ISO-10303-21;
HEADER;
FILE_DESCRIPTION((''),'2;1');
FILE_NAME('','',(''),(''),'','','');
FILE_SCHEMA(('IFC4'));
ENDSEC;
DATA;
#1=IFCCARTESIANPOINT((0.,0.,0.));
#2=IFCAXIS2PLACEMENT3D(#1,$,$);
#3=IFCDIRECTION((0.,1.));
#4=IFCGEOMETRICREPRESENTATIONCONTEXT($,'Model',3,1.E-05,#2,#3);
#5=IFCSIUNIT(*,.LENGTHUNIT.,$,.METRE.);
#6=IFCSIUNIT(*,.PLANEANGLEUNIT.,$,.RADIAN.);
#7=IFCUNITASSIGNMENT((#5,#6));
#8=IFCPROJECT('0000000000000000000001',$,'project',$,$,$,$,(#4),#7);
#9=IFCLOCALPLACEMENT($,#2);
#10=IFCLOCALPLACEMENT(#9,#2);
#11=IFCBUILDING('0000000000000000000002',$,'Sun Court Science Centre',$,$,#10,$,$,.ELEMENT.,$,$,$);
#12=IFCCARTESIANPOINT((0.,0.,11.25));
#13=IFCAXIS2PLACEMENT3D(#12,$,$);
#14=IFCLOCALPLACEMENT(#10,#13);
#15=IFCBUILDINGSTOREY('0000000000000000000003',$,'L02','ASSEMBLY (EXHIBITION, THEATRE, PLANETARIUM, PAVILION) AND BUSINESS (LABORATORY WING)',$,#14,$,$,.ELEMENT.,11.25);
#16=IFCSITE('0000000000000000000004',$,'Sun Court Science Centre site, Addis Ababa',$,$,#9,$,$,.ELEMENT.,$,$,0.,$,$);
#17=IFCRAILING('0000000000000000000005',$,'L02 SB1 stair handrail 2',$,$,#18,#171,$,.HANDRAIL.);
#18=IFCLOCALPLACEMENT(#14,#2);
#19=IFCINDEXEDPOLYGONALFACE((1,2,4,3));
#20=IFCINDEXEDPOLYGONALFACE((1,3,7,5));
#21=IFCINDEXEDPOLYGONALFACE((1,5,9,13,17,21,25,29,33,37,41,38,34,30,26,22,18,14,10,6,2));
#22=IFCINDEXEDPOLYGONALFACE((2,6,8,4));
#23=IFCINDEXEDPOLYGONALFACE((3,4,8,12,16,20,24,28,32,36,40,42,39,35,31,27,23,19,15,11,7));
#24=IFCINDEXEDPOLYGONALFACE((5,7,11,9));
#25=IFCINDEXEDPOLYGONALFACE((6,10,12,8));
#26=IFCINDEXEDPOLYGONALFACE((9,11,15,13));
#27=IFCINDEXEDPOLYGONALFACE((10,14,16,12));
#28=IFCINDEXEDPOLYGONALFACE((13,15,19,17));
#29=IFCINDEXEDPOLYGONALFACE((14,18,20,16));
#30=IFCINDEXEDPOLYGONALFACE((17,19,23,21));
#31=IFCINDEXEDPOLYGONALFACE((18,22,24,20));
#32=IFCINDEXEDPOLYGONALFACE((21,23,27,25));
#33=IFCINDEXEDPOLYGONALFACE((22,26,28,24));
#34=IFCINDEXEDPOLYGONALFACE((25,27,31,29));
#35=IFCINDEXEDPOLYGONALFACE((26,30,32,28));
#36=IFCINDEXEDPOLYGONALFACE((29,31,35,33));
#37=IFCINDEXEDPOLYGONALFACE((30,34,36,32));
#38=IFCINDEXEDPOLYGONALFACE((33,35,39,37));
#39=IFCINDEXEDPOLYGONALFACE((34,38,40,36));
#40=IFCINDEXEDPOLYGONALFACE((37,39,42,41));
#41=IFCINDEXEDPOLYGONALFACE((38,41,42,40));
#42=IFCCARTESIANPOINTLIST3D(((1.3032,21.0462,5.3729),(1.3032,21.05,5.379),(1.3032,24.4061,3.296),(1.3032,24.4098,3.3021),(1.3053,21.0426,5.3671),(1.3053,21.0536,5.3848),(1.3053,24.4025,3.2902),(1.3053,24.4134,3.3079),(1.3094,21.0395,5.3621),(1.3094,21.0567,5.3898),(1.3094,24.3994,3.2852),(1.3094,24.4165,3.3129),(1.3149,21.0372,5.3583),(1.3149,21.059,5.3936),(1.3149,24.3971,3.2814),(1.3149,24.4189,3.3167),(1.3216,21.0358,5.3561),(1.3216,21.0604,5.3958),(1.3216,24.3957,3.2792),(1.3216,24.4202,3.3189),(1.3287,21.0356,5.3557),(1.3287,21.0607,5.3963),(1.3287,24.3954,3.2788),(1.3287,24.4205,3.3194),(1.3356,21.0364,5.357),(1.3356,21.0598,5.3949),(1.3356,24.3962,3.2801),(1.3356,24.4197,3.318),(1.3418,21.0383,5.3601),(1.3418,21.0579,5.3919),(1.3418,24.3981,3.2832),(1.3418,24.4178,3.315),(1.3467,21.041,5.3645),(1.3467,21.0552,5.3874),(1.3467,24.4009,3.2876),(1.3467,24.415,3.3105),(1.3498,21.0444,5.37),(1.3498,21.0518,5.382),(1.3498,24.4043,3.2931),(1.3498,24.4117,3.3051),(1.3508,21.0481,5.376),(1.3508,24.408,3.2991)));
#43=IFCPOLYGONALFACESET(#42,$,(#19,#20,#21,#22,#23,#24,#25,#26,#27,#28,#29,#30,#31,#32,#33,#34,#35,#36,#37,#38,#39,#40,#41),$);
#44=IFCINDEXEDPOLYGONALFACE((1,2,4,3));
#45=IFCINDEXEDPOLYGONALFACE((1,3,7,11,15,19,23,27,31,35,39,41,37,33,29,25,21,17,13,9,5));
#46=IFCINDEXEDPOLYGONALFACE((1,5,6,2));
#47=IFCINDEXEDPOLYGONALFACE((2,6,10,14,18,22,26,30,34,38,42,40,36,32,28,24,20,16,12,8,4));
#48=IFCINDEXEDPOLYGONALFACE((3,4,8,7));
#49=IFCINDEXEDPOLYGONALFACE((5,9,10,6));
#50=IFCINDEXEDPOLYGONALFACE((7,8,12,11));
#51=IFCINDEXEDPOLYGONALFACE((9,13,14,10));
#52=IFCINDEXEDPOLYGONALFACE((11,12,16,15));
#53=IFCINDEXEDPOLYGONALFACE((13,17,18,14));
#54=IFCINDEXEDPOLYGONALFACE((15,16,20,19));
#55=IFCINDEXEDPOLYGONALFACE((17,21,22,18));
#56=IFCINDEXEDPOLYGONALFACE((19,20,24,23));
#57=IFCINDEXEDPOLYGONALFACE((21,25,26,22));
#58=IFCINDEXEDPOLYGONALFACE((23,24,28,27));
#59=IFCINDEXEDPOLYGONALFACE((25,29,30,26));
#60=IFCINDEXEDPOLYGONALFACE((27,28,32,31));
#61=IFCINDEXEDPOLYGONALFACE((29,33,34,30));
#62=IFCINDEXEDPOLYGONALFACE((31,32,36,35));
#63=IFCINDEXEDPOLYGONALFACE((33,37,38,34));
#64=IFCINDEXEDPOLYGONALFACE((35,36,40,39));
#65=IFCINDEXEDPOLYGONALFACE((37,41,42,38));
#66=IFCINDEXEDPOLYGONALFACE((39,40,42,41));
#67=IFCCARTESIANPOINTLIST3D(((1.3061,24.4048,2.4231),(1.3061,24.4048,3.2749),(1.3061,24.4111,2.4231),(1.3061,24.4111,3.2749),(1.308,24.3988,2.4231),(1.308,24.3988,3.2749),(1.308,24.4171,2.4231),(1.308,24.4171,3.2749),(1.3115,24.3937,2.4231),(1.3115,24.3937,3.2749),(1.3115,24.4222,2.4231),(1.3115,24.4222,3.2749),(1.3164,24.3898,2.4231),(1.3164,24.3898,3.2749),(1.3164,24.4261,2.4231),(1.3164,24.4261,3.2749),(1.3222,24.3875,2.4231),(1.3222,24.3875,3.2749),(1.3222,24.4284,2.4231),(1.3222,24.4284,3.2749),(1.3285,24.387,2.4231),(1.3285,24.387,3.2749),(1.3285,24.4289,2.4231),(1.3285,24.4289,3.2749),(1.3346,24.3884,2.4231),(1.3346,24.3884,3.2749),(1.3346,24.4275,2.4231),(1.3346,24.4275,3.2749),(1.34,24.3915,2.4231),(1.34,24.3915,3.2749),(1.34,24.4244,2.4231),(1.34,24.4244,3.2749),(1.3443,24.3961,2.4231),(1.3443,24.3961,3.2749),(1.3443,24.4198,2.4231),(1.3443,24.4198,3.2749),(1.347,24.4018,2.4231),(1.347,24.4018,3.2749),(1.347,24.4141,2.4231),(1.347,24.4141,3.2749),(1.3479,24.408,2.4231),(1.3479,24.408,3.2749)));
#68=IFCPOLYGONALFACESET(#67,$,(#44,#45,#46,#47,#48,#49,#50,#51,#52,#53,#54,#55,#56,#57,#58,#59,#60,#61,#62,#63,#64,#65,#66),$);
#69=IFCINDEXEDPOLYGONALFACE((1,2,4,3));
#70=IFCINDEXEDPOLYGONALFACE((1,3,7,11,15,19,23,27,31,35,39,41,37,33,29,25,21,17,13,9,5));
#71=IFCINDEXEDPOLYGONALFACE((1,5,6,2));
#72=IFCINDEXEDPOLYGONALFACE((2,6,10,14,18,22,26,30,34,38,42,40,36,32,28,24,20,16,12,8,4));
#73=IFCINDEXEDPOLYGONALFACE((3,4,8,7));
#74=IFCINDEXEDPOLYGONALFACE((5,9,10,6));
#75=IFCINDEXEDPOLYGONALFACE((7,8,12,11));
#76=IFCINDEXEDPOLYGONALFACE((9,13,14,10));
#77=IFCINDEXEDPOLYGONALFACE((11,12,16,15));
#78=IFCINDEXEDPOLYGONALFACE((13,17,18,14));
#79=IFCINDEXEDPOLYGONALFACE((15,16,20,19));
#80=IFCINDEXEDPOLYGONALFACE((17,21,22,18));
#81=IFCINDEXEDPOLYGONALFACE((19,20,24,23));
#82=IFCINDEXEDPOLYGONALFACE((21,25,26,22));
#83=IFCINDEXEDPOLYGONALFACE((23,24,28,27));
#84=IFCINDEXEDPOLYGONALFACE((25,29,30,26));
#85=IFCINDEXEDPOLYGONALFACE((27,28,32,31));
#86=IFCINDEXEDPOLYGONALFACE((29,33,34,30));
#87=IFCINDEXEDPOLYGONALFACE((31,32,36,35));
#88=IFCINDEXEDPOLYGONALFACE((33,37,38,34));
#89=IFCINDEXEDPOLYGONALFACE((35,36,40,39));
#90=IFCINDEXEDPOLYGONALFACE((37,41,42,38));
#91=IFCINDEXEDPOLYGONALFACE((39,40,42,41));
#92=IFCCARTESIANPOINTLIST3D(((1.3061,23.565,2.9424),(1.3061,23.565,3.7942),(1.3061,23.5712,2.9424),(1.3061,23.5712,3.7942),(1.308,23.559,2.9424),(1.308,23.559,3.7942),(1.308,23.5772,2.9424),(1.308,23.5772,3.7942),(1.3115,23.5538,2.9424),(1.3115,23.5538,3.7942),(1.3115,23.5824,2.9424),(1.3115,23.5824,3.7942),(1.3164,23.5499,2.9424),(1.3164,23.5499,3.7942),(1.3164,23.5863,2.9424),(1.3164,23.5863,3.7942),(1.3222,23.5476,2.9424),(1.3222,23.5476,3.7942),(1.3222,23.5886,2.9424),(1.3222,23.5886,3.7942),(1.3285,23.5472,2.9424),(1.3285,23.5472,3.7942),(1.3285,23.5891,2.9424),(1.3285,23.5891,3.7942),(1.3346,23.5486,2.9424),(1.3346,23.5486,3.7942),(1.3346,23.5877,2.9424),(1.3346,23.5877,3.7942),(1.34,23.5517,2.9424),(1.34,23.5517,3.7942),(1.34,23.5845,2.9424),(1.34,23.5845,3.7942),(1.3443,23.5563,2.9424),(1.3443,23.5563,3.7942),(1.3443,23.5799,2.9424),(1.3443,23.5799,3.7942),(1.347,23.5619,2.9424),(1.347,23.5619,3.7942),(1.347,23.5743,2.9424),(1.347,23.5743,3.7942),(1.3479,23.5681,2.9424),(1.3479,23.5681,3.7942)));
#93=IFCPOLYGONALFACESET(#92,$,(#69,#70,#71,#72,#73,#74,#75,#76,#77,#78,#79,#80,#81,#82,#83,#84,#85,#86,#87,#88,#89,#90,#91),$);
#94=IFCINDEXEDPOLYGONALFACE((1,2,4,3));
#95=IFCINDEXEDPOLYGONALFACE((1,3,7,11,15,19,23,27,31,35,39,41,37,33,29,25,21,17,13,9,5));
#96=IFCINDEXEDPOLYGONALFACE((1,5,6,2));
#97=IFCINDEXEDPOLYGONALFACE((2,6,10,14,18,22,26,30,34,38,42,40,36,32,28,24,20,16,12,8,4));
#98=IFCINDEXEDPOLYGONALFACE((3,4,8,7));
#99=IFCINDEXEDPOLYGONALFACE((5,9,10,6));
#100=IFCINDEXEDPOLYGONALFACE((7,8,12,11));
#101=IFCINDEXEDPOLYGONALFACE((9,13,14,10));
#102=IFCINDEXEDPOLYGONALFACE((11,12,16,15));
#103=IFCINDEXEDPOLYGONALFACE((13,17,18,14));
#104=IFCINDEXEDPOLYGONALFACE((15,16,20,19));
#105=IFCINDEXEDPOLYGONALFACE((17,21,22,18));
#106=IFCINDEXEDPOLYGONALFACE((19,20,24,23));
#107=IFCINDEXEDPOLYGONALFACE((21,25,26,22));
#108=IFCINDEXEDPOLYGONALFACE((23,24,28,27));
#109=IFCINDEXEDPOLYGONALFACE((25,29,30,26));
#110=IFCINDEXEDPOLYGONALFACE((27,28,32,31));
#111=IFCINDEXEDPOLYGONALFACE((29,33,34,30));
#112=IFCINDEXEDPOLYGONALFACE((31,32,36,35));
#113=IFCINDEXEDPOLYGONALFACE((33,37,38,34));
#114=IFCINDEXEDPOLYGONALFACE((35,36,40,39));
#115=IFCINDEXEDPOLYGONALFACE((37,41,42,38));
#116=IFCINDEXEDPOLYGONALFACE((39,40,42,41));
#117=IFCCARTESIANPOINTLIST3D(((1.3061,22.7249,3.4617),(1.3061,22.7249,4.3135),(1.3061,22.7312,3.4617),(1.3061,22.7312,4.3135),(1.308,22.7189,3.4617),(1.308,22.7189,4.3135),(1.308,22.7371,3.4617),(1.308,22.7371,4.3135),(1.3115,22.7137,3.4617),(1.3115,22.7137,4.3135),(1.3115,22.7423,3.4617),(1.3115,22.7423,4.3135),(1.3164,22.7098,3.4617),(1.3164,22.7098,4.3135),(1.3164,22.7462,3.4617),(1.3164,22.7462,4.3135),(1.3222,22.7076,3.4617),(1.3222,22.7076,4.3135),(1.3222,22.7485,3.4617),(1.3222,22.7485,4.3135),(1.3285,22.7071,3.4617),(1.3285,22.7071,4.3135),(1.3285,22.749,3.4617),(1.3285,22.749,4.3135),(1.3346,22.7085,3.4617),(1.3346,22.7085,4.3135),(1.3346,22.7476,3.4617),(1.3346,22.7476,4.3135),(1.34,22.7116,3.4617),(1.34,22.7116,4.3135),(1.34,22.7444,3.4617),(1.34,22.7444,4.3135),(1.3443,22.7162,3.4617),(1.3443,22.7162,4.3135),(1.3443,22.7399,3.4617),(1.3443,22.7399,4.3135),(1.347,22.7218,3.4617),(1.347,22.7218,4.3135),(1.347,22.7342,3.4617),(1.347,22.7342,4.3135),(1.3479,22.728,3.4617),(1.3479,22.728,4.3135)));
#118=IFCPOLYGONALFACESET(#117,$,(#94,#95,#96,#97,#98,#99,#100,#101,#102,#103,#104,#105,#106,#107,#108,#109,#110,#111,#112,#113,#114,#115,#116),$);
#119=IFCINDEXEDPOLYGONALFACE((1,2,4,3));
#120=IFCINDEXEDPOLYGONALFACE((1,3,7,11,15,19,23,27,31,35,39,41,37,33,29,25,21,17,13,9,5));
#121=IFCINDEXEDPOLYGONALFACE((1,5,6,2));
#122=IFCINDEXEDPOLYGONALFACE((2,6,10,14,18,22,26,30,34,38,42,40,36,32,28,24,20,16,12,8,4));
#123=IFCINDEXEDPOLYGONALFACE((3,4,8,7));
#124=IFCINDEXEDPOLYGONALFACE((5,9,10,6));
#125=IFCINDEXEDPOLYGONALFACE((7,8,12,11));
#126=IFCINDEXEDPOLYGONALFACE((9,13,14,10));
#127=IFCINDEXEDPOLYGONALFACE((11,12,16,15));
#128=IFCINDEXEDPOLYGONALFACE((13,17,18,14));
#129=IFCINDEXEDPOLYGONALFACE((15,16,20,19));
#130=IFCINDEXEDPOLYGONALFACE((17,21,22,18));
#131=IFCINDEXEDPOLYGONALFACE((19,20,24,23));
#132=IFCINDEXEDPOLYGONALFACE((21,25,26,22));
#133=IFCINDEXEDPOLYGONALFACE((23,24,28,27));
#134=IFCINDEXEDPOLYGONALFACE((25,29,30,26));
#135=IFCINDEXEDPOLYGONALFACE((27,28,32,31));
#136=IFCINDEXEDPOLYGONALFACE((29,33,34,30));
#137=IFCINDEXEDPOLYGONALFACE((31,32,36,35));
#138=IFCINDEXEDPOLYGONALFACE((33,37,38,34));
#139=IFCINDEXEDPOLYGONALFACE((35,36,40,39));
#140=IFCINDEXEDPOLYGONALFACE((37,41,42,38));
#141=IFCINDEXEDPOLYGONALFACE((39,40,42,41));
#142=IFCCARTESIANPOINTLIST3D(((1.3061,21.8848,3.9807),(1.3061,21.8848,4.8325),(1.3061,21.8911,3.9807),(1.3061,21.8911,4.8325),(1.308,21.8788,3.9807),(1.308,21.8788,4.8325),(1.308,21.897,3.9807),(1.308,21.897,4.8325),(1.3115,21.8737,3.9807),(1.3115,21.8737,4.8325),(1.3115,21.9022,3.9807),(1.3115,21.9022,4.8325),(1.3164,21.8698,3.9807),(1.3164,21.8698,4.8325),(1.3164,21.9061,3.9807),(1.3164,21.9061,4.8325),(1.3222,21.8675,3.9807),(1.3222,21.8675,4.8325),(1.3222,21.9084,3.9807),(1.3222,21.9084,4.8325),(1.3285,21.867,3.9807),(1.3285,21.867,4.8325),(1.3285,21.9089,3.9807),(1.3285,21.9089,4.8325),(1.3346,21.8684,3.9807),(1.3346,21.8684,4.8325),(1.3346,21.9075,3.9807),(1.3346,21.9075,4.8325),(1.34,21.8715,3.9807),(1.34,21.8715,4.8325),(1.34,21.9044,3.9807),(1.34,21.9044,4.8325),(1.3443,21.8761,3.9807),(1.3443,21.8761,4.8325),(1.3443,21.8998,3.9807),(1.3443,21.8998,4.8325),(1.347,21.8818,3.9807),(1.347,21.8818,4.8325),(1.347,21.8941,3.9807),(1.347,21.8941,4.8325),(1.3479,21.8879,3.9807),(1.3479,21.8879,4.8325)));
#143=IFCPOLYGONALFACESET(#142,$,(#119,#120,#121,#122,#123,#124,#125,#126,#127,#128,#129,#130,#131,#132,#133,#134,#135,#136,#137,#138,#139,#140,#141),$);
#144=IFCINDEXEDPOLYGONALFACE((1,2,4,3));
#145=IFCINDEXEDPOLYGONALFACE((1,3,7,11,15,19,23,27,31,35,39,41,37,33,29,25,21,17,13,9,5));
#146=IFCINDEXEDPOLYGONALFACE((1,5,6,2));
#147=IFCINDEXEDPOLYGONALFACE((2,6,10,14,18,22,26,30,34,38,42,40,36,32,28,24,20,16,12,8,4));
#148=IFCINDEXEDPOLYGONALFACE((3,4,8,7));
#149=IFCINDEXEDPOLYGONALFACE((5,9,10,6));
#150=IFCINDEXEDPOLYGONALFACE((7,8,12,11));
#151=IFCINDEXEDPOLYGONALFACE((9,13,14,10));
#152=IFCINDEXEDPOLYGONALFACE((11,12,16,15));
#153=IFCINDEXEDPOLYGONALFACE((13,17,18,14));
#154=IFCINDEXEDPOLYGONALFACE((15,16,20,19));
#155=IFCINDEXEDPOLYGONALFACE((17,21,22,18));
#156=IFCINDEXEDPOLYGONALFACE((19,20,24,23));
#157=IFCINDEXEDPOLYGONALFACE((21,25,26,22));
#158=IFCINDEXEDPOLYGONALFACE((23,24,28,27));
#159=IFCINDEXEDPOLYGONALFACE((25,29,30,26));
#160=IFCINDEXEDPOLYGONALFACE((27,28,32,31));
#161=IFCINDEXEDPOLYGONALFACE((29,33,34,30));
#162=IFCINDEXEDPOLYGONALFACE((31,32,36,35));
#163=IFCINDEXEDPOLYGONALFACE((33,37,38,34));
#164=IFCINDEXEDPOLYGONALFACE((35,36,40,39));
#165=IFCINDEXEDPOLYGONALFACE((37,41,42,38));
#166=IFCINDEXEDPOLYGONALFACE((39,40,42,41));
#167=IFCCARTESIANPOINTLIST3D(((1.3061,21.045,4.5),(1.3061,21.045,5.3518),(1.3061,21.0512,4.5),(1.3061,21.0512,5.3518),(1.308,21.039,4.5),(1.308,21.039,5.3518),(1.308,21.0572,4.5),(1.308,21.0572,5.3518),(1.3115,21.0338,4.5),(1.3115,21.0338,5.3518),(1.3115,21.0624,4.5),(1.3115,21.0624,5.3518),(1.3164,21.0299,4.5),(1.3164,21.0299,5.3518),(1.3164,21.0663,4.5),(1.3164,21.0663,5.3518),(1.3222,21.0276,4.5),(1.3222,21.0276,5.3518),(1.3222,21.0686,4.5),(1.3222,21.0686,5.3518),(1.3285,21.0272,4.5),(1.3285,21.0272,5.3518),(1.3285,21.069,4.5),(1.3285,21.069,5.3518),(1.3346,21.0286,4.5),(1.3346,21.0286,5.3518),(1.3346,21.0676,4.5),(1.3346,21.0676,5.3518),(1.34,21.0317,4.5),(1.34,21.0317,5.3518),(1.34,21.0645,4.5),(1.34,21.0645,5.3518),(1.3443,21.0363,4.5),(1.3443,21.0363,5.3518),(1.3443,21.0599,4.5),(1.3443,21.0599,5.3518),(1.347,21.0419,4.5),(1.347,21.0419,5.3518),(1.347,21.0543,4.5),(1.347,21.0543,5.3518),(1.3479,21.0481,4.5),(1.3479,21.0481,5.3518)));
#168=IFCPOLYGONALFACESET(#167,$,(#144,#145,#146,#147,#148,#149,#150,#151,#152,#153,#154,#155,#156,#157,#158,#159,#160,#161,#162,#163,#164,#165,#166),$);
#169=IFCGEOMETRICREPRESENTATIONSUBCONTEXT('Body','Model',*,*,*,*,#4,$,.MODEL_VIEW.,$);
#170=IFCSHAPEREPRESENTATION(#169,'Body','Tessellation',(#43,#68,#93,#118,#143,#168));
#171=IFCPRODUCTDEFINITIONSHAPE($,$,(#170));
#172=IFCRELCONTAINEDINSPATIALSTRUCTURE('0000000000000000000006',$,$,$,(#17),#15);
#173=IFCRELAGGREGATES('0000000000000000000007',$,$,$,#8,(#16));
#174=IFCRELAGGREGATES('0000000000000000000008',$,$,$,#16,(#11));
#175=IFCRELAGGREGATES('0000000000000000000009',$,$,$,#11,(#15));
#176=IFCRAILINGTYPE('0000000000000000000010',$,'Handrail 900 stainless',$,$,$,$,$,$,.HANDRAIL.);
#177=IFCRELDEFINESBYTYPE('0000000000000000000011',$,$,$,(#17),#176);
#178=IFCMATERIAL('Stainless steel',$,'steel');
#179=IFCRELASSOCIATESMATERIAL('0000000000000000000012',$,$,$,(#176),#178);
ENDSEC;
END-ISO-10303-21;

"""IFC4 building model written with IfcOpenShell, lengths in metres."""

from ifc_helpers import new_model, si_unit, direction, frame, origin, origin_2d, place, context, subcontext, project, spatial, circle, extrude, material, type_object, element, save


model = new_model("IFC4")

# Units and contexts
model_context = context("Model", 3, precision=1e-05, world=origin(), true_north=direction((0.0, 1.0)))
body_context = subcontext(model_context, "Body", "Model", "MODEL_VIEW")
ifc_project = project(units=[si_unit("LENGTHUNIT", "METRE"), si_unit("PLANEANGLEUNIT", "RADIAN")], contexts=[model_context])

# Site, building, storey
site_placement = place(None, origin())
site = spatial("IfcSite", under=ifc_project, at=site_placement, Name="Sun Court Science Centre site, Addis Ababa", CompositionType="ELEMENT", RefElevation=0.0)
building_placement = place(site_placement, origin())
building = spatial("IfcBuilding", under=site, at=building_placement, Name="Sun Court Science Centre", CompositionType="ELEMENT")
storey_placement = place(building_placement, frame((0.0, 0.0, 11.25)))
storey = spatial("IfcBuildingStorey", under=building, at=storey_placement, Name="L02", Description="ASSEMBLY (EXHIBITION, THEATRE, PLANETARIUM, PAVILION) AND BUSINESS (LABORATORY WING)", CompositionType="ELEMENT", Elevation=11.25)

# Railing
ifc_material_1 = material(Name="Stainless steel", Category="steel")
railing_type_1 = type_object("IfcRailingType", Name="Handrail 900 stainless", PredefinedType="HANDRAIL", material=ifc_material_1)
railing_1_placement = place(storey_placement, frame((1.3269, 24.408, 2.4231)))
element("IfcRailing", 1, at=railing_1_placement, inside=storey, type_object=railing_type_1, Name="L02 SB1 stair handrail 2", PredefinedType="HANDRAIL", context=body_context, shape_type="SweptSolid", body=[
    extrude(circle(Radius=0.0239, at=origin_2d()), frame((0.0, 0.0, 0.876), z_axis=(0.0, -0.850606, 0.525803), x_axis=(1.0, 0.0, 0.0)), (0.0, 0.0, 1.0), 3.95),
    extrude(circle(Radius=0.021, at=origin_2d()), origin(), (0.0, 0.0, 1.0), 0.8518),
    extrude(circle(Radius=0.021, at=origin_2d()), frame((0.0, -0.8398, 0.5193)), (0.0, 0.0, 1.0), 0.8518),
    extrude(circle(Radius=0.021, at=origin_2d()), frame((0.0, -1.6799, 1.0386)), (0.0, 0.0, 1.0), 0.8518),
    extrude(circle(Radius=0.021, at=origin_2d()), frame((0.0, -2.52, 1.5576)), (0.0, 0.0, 1.0), 0.8518),
    extrude(circle(Radius=0.021, at=origin_2d()), frame((0.0, -3.3599, 2.0769)), (0.0, 0.0, 1.0), 0.8518),
])

save(model, "model.ifc")
